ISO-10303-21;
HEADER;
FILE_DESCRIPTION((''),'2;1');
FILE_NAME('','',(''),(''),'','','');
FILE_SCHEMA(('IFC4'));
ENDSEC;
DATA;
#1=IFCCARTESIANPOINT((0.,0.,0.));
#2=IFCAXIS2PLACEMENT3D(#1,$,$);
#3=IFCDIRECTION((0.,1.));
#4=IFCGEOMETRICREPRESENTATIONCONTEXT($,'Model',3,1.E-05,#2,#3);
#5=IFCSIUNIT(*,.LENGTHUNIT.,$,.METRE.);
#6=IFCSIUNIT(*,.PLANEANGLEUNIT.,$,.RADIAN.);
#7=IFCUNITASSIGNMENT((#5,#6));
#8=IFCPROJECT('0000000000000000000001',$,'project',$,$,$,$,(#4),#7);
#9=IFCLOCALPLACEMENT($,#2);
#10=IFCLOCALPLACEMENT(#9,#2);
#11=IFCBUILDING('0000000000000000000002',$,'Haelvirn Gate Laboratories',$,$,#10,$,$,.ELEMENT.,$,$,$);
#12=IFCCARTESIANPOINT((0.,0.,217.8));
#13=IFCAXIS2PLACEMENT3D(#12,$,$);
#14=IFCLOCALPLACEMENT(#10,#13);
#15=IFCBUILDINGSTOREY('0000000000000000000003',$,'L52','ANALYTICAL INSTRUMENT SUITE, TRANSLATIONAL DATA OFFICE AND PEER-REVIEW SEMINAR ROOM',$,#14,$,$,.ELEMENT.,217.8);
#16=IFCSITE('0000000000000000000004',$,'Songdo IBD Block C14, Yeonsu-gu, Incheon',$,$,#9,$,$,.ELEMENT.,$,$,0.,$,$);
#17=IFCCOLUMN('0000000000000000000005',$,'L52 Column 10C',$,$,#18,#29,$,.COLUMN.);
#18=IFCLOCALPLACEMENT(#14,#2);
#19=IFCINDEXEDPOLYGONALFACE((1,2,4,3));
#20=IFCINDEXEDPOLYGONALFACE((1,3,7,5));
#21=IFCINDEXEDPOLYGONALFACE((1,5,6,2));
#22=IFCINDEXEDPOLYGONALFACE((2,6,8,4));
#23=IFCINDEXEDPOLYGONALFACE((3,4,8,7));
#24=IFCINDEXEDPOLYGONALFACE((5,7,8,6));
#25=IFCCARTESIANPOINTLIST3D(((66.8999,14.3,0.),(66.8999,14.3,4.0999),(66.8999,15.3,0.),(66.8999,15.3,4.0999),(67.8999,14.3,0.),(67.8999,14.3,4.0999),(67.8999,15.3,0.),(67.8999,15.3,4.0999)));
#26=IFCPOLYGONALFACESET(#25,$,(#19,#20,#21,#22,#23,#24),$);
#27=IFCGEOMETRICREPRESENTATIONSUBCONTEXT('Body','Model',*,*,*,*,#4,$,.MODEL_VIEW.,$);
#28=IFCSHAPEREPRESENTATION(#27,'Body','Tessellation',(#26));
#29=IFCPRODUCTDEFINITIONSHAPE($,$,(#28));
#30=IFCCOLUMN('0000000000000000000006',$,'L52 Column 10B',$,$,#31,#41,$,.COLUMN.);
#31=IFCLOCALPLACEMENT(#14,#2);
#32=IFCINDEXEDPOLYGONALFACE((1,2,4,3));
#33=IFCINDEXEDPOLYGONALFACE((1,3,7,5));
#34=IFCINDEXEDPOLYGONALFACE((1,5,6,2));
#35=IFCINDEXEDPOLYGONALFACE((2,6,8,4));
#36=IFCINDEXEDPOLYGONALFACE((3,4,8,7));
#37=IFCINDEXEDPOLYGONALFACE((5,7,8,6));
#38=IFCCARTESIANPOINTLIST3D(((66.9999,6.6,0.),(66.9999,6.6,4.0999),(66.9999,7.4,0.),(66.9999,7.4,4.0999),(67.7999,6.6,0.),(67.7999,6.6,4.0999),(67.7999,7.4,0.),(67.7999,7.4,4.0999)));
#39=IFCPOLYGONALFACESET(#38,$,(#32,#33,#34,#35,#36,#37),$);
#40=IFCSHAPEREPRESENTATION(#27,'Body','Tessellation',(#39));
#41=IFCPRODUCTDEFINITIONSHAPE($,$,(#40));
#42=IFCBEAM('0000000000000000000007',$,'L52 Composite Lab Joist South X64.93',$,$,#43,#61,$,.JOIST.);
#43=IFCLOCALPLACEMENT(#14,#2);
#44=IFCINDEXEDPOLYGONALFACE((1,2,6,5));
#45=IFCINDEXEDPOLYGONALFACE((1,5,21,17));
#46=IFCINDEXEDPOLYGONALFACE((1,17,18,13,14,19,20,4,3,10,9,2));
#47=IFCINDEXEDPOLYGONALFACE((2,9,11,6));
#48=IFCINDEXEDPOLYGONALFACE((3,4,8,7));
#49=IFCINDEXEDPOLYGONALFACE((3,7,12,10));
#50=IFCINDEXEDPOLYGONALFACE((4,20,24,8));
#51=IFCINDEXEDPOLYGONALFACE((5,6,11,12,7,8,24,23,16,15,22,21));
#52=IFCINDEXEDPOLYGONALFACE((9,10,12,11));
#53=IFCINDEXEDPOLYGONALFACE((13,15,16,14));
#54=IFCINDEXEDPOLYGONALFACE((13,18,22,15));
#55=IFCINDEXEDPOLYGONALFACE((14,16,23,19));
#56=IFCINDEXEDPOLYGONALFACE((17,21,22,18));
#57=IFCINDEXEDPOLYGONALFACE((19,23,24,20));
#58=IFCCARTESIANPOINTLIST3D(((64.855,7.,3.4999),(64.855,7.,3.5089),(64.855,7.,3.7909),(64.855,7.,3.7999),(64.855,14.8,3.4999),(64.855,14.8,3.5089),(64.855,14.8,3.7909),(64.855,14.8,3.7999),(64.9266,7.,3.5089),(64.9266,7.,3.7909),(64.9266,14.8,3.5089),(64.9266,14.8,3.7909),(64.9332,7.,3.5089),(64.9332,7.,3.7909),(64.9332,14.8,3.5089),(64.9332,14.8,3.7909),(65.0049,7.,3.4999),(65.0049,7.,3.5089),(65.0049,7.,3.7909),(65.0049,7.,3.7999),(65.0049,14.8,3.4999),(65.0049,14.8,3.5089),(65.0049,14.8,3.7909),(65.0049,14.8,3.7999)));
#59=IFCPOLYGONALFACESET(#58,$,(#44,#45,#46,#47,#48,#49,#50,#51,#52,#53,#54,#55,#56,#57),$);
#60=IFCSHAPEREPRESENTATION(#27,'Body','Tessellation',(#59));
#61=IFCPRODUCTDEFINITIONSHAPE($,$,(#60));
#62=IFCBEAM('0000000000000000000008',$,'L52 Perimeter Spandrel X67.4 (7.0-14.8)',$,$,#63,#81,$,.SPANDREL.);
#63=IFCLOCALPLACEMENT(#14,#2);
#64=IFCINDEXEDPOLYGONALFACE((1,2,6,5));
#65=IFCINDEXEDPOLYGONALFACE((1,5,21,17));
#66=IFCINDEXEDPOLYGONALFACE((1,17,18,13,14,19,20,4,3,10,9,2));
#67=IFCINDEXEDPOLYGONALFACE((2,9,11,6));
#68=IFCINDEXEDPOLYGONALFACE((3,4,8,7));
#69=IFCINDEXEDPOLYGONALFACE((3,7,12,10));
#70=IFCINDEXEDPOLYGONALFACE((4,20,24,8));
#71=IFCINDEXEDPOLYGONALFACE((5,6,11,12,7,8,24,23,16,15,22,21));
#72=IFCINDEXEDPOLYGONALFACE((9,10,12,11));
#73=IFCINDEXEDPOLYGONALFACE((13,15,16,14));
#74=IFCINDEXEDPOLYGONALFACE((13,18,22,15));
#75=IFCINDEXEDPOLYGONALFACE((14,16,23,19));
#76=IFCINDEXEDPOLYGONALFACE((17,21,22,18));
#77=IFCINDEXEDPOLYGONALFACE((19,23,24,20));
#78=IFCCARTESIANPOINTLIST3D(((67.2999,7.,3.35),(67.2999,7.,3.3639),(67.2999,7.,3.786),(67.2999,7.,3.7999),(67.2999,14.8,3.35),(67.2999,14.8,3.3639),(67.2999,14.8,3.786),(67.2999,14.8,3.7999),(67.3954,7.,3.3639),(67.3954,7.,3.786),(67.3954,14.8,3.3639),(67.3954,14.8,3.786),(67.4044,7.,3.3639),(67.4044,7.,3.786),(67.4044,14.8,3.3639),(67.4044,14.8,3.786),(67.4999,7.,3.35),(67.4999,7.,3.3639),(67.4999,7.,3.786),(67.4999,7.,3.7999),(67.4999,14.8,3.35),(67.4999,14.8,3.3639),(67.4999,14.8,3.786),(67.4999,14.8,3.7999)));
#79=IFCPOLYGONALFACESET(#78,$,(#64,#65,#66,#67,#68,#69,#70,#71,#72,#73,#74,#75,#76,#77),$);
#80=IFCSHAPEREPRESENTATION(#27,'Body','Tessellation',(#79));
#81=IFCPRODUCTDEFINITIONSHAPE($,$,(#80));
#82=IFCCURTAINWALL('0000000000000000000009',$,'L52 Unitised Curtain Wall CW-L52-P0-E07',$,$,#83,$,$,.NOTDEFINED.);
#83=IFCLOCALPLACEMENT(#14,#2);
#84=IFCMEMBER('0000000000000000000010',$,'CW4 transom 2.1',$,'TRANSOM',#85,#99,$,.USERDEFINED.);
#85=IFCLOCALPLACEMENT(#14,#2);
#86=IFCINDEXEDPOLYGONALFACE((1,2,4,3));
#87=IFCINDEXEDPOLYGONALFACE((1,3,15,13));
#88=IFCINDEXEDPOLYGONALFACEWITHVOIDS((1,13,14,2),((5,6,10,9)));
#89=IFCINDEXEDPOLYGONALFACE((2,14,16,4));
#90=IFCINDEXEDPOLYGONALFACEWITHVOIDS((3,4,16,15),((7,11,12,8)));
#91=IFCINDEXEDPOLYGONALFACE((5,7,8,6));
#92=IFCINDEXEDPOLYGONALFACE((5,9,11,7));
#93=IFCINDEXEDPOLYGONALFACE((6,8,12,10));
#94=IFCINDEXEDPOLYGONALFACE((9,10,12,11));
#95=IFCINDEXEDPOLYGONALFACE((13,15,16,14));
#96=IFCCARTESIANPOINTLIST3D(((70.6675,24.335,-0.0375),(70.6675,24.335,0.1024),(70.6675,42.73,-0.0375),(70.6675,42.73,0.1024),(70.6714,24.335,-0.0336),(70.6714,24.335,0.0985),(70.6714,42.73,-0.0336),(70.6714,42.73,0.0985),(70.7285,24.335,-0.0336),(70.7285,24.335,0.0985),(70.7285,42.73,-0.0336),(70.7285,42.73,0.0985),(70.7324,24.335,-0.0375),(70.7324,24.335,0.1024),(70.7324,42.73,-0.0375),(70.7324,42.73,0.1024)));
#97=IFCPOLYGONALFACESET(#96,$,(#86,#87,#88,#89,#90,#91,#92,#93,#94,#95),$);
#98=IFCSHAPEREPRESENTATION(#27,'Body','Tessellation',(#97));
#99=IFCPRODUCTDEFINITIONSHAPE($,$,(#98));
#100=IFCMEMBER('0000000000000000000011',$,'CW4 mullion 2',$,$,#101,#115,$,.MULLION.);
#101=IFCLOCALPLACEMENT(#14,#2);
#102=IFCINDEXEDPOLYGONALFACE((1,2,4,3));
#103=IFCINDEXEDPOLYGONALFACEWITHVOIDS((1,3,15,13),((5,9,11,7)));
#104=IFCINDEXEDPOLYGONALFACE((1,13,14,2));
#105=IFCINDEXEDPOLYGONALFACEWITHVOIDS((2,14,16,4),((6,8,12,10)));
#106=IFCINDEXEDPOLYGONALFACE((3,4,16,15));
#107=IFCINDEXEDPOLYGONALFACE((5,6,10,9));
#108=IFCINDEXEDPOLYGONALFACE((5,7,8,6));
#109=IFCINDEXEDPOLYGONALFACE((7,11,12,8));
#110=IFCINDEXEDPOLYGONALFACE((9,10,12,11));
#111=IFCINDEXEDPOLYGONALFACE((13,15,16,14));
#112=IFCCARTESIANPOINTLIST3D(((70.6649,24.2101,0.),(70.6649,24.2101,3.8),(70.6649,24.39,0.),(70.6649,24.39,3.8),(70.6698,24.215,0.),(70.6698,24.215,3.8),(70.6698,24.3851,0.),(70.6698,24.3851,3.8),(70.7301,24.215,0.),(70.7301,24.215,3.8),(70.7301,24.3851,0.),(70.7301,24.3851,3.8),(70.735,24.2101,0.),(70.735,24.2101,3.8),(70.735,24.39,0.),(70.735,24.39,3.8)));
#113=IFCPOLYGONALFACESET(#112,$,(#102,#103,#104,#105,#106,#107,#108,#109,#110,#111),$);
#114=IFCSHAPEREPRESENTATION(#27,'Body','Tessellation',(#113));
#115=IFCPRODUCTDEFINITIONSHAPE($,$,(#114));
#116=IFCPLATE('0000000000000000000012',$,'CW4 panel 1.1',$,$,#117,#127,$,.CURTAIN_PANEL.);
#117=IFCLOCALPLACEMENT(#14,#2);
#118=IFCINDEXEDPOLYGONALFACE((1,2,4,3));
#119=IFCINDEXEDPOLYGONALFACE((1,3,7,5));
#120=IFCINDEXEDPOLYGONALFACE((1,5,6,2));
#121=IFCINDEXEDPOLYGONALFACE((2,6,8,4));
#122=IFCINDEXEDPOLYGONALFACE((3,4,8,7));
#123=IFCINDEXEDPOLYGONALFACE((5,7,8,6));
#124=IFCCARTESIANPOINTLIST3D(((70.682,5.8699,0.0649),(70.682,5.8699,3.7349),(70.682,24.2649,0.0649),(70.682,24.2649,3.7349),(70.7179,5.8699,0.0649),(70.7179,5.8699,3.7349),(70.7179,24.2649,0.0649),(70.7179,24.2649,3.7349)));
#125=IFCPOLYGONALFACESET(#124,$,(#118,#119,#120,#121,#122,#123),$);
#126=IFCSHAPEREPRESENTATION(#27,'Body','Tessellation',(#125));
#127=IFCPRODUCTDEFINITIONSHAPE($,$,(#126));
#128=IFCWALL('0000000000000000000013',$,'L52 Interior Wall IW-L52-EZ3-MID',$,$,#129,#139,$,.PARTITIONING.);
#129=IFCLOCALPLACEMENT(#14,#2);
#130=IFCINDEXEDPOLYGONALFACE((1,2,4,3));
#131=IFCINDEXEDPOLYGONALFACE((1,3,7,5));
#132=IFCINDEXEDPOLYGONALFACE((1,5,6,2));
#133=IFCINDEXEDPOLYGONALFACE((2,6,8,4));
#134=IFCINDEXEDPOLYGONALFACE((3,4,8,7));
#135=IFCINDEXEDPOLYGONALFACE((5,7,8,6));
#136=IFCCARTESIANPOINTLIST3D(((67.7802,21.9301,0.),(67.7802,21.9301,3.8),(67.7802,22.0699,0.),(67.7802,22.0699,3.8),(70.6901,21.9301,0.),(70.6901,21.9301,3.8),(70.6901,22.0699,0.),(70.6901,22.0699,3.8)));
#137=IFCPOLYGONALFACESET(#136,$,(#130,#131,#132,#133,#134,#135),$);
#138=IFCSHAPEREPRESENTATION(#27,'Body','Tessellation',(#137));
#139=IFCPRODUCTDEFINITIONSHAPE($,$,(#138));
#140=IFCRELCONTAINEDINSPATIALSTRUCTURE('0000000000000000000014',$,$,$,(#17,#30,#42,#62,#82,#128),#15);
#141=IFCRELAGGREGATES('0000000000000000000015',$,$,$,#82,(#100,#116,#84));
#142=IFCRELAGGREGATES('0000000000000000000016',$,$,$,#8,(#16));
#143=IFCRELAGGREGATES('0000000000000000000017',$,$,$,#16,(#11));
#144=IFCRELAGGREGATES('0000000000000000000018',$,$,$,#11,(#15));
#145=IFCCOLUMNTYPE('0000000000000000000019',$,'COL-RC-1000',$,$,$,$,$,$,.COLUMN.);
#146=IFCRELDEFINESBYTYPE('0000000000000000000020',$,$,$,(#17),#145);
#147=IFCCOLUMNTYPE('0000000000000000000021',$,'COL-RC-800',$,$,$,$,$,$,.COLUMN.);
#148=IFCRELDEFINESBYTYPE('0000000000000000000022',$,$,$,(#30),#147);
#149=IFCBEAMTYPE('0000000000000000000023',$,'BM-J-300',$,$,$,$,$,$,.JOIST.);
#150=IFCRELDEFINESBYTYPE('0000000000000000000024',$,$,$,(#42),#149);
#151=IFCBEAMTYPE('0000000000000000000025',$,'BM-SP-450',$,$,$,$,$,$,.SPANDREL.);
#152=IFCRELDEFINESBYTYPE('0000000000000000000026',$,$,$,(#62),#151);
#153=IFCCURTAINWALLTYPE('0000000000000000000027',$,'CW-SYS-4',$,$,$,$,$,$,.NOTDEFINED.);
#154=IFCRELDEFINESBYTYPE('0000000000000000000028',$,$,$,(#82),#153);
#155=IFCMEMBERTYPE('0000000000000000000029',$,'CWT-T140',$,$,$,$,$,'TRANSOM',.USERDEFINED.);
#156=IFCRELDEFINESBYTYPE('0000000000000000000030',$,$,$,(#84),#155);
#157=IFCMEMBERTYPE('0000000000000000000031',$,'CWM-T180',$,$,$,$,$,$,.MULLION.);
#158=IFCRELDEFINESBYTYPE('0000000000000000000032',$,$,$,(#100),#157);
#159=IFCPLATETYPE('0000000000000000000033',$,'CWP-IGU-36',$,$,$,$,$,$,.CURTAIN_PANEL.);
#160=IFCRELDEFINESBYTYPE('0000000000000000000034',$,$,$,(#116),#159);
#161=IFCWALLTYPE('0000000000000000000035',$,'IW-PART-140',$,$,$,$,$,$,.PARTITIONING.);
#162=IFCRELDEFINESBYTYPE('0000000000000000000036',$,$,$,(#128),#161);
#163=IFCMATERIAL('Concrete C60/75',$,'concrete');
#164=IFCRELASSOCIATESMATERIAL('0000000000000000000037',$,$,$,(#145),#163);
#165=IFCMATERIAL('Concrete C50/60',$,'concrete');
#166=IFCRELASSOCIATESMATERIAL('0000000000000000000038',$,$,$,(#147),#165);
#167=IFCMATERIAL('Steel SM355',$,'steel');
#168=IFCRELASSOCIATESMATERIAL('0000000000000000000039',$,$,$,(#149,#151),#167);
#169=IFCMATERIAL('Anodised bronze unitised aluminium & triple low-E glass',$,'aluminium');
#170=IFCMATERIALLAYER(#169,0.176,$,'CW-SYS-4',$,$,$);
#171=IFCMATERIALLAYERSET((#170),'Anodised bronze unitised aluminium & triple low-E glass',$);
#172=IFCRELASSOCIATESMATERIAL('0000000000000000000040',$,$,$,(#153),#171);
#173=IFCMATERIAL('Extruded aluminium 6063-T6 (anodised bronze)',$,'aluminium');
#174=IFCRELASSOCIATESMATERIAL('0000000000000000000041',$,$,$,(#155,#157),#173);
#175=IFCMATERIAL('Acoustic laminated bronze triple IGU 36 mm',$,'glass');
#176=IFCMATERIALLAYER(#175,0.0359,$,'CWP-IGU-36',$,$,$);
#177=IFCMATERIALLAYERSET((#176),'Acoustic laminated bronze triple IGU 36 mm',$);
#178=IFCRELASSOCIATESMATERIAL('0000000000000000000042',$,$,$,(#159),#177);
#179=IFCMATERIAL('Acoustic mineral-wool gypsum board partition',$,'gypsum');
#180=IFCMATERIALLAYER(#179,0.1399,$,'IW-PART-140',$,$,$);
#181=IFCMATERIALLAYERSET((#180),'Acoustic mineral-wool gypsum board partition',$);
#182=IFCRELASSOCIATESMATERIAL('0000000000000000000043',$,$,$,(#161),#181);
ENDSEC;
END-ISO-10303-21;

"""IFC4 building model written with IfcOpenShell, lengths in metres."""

from ifc_helpers import new_model, si_unit, direction, frame, frame_2d, origin, origin_2d, place, context, subcontext, project, spatial, rectangle, hollow_rectangle, i_section, extrude, source, transform, mapped, material, layer, layer_set, material_profile, profile_set, type_object, type_shapes, element, aggregate, save


model = new_model("IFC4")

# Units and contexts
model_context = context("Model", 3, precision=1e-05, world=origin(), true_north=direction((0.0, 1.0)))
body_context = subcontext(model_context, "Body", "Model", "MODEL_VIEW")
ifc_project = project(units=[si_unit("LENGTHUNIT", "METRE"), si_unit("PLANEANGLEUNIT", "RADIAN")], contexts=[model_context])

# Site, building, storey
site_placement = place(None, origin())
site = spatial("IfcSite", under=ifc_project, at=site_placement, Name="Songdo IBD Block C14, Yeonsu-gu, Incheon", CompositionType="ELEMENT", RefElevation=0.0)
building_placement = place(site_placement, origin())
building = spatial("IfcBuilding", under=site, at=building_placement, Name="Haelvirn Gate Laboratories", CompositionType="ELEMENT")
storey_placement = place(building_placement, frame((0.0, 0.0, 217.8)))
storey = spatial("IfcBuildingStorey", under=building, at=storey_placement, Name="L52", Description="ANALYTICAL INSTRUMENT SUITE, TRANSLATIONAL DATA OFFICE AND PEER-REVIEW SEMINAR ROOM", CompositionType="ELEMENT", Elevation=217.8)

# Columns
ifc_material_1 = material(Name="Concrete C60/75", Category="concrete")
ifc_material_profile_1 = material_profile(ifc_material_1, rectangle(XDim=1.0, YDim=1.0, at=origin_2d()), Name="RC-1000x1000")
ifc_profile_set_1 = profile_set([ifc_material_profile_1], Name="Concrete C60/75")
column_type_1 = type_object("IfcColumnType", Name="COL-RC-1000", PredefinedType="COLUMN", material=ifc_profile_set_1)
shared_shape_1 = source(origin(), body_context, "Body", "SweptSolid", [
    extrude(rectangle(XDim=1.0, YDim=1.0, at=origin_2d()), origin(), (0.0, 0.0, 1.0), 4.0999),
])
type_shapes(column_type_1, [shared_shape_1])
column_1_placement = place(storey_placement, frame((67.3999, 14.8, 0.0), z_axis=(0.0, 0.0, 1.0), x_axis=(1.0, 0.0, 0.0)))
element("IfcColumn", 1, at=column_1_placement, inside=storey, type_object=column_type_1, Name="L52 Column 10C", PredefinedType="COLUMN", context=body_context, shape_type="MappedRepresentation", body=[
    mapped(shared_shape_1, transform((0.0, 0.0, 0.0), scale=1.0)),
])
ifc_material_2 = material(Name="Concrete C50/60", Category="concrete")
ifc_material_profile_2 = material_profile(ifc_material_2, rectangle(XDim=0.8, YDim=0.8, at=origin_2d()), Name="RC-800x800")
ifc_profile_set_2 = profile_set([ifc_material_profile_2], Name="Concrete C50/60")
column_type_2 = type_object("IfcColumnType", Name="COL-RC-800", PredefinedType="COLUMN", material=ifc_profile_set_2)
shared_shape_2 = source(origin(), body_context, "Body", "SweptSolid", [
    extrude(rectangle(XDim=0.8, YDim=0.8, at=origin_2d()), origin(), (0.0, 0.0, 1.0), 4.0999),
])
type_shapes(column_type_2, [shared_shape_2])
column_2_placement = place(storey_placement, frame((67.3999, 7.0, 0.0), z_axis=(0.0, 0.0, 1.0), x_axis=(1.0, 0.0, 0.0)))
element("IfcColumn", 2, at=column_2_placement, inside=storey, type_object=column_type_2, Name="L52 Column 10B", PredefinedType="COLUMN", context=body_context, shape_type="MappedRepresentation", body=[
    mapped(shared_shape_2, transform((0.0, 0.0, 0.0), scale=1.0)),
])

# Beams
ifc_material_3 = material(Name="Steel SM355", Category="steel")
ifc_material_profile_3 = material_profile(ifc_material_3, i_section(OverallWidth=0.1499, OverallDepth=0.3, WebThickness=0.0066, FlangeThickness=0.009, at=origin_2d()), Name="H-300x150x6.5x9")
ifc_profile_set_3 = profile_set([ifc_material_profile_3], Name="Steel SM355")
beam_type_1 = type_object("IfcBeamType", Name="BM-J-300", PredefinedType="JOIST", material=ifc_profile_set_3)
shared_shape_3 = source(origin(), body_context, "Body", "SweptSolid", [
    extrude(i_section(OverallWidth=0.1499, OverallDepth=0.3, WebThickness=0.0066, FlangeThickness=0.009, at=origin_2d()), origin(), (0.0, 0.0, 1.0), 7.8),
])
type_shapes(beam_type_1, [shared_shape_3])
beam_1_placement = place(storey_placement, frame((64.9299, 7.0, 3.6499), z_axis=(0.0, 1.0, 0.0), x_axis=(-1.0, 0.0, 0.0)))
element("IfcBeam", 3, at=beam_1_placement, inside=storey, type_object=beam_type_1, Name="L52 Composite Lab Joist South X64.93", PredefinedType="JOIST", context=body_context, shape_type="MappedRepresentation", body=[
    mapped(shared_shape_3, transform((0.0, 0.0, 0.0), scale=1.0)),
])
ifc_material_profile_4 = material_profile(ifc_material_3, i_section(OverallWidth=0.2, OverallDepth=0.45, WebThickness=0.009, FlangeThickness=0.0139, at=origin_2d()), Name="H-450x200x9x14")
ifc_profile_set_4 = profile_set([ifc_material_profile_4], Name="Steel SM355")
beam_type_2 = type_object("IfcBeamType", Name="BM-SP-450", PredefinedType="SPANDREL", material=ifc_profile_set_4)
shared_shape_4 = source(origin(), body_context, "Body", "SweptSolid", [
    extrude(i_section(OverallWidth=0.2, OverallDepth=0.45, WebThickness=0.009, FlangeThickness=0.0139, at=origin_2d()), origin(), (0.0, 0.0, 1.0), 7.8),
])
type_shapes(beam_type_2, [shared_shape_4])
beam_2_placement = place(storey_placement, frame((67.3999, 7.0, 3.575), z_axis=(0.0, 1.0, 0.0), x_axis=(-1.0, 0.0, 0.0)))
element("IfcBeam", 4, at=beam_2_placement, inside=storey, type_object=beam_type_2, Name="L52 Perimeter Spandrel X67.4 (7.0-14.8)", PredefinedType="SPANDREL", context=body_context, shape_type="MappedRepresentation", body=[
    mapped(shared_shape_4, transform((0.0, 0.0, 0.0), scale=1.0)),
])

# Curtain wall, members, plate
ifc_material_4 = material(Name="Anodised bronze unitised aluminium & triple low-E glass", Category="aluminium")
ifc_layer_1 = layer(ifc_material_4, 0.176, Name="CW-SYS-4")
ifc_layer_set_1 = layer_set([ifc_layer_1], Name="Anodised bronze unitised aluminium & triple low-E glass")
curtain_wall_type = type_object("IfcCurtainWallType", Name="CW-SYS-4", PredefinedType="NOTDEFINED", material=ifc_layer_set_1)
curtain_wall_placement = place(storey_placement, origin())
curtain_wall = element("IfcCurtainWall", 5, at=curtain_wall_placement, inside=storey, type_object=curtain_wall_type, Name="L52 Unitised Curtain Wall CW-L52-P0-E07", PredefinedType="NOTDEFINED")
ifc_material_5 = material(Name="Extruded aluminium 6063-T6 (anodised bronze)", Category="aluminium")
ifc_material_profile_5 = material_profile(ifc_material_5, hollow_rectangle(XDim=0.0649, YDim=0.1399, WallThickness=0.0039, at=origin_2d()), Name="CWT-140x65x4")
ifc_profile_set_5 = profile_set([ifc_material_profile_5], Name="Extruded aluminium 6063-T6 (anodised bronze)")
member_type_1 = type_object("IfcMemberType", Name="CWT-T140", ElementType="TRANSOM", PredefinedType="USERDEFINED", material=ifc_profile_set_5)
shared_shape_5 = source(origin(), body_context, "Body", "SweptSolid", [
    extrude(hollow_rectangle(XDim=0.0649, YDim=0.1399, WallThickness=0.0039, at=origin_2d()), origin(), (0.0, 0.0, 1.0), 18.395),
])
type_shapes(member_type_1, [shared_shape_5])
member_1_placement = place(storey_placement, frame((70.7, 24.335, 0.0325), z_axis=(0.0, 1.0, 0.0), x_axis=(-1.0, 0.0, 0.0)))
member_1 = element("IfcMember", 6, at=member_1_placement, type_object=member_type_1, Name="CW4 transom 2.1", ObjectType="TRANSOM", PredefinedType="USERDEFINED", context=body_context, shape_type="MappedRepresentation", body=[
    mapped(shared_shape_5, transform((0.0, 0.0, 0.0), scale=1.0)),
])
ifc_material_profile_6 = material_profile(ifc_material_5, hollow_rectangle(XDim=0.0701, YDim=0.1799, WallThickness=0.0049, at=origin_2d()), Name="CWM-180x70x5")
ifc_profile_set_6 = profile_set([ifc_material_profile_6], Name="Extruded aluminium 6063-T6 (anodised bronze)")
member_type_2 = type_object("IfcMemberType", Name="CWM-T180", PredefinedType="MULLION", material=ifc_profile_set_6)
shared_shape_6 = source(origin(), body_context, "Body", "SweptSolid", [
    extrude(hollow_rectangle(XDim=0.0701, YDim=0.1799, WallThickness=0.0049, at=origin_2d()), origin(), (0.0, 0.0, 1.0), 3.8),
])
type_shapes(member_type_2, [shared_shape_6])
member_2_placement = place(storey_placement, frame((70.7, 24.3, 0.0), z_axis=(0.0, 0.0, 1.0), x_axis=(-1.0, 0.0, 0.0)))
member_2 = element("IfcMember", 7, at=member_2_placement, type_object=member_type_2, Name="CW4 mullion 2", PredefinedType="MULLION", context=body_context, shape_type="MappedRepresentation", body=[
    mapped(shared_shape_6, transform((0.0, 0.0, 0.0), scale=1.0)),
])
ifc_material_6 = material(Name="Acoustic laminated bronze triple IGU 36 mm", Category="glass")
ifc_layer_2 = layer(ifc_material_6, 0.0359, Name="CWP-IGU-36")
ifc_layer_set_2 = layer_set([ifc_layer_2], Name="Acoustic laminated bronze triple IGU 36 mm")
plate_type = type_object("IfcPlateType", Name="CWP-IGU-36", PredefinedType="CURTAIN_PANEL", material=ifc_layer_set_2)
shared_shape_7 = source(origin(), body_context, "Body", "SweptSolid", [
    extrude(rectangle(XDim=18.395, YDim=0.0359, at=origin_2d()), origin(), (0.0, 0.0, 1.0), 3.6699),
])
type_shapes(plate_type, [shared_shape_7])
plate_placement = place(storey_placement, frame((70.7, 15.0674, 0.0649), z_axis=(0.0, 0.0, 1.0), x_axis=(0.0, 1.0, 0.0)))
plate = element("IfcPlate", 8, at=plate_placement, type_object=plate_type, Name="CW4 panel 1.1", PredefinedType="CURTAIN_PANEL", context=body_context, shape_type="MappedRepresentation", body=[
    mapped(shared_shape_7, transform((0.0, 0.0, 0.0), scale=1.0)),
])
aggregate(curtain_wall, [member_2, plate, member_1])

# Wall
ifc_material_7 = material(Name="Acoustic mineral-wool gypsum board partition", Category="gypsum")
ifc_layer_3 = layer(ifc_material_7, 0.1399, Name="IW-PART-140")
ifc_layer_set_3 = layer_set([ifc_layer_3], Name="Acoustic mineral-wool gypsum board partition")
wall_type_1 = type_object("IfcWallType", Name="IW-PART-140", PredefinedType="PARTITIONING", material=ifc_layer_set_3)
wall_1_placement = place(storey_placement, frame((67.78, 22.0, 0.0), z_axis=(0.0, 0.0, 1.0), x_axis=(1.0, 0.0, 0.0)))
element("IfcWall", 9, at=wall_1_placement, inside=storey, type_object=wall_type_1, Name="L52 Interior Wall IW-L52-EZ3-MID", PredefinedType="PARTITIONING", context=body_context, shape_type="SweptSolid", body=[
    extrude(rectangle(XDim=2.9099, YDim=0.1399, at=frame_2d((1.4551, 0.0))), origin(), (0.0, 0.0, 1.0), 3.8),
])

save(model, "model.ifc")
